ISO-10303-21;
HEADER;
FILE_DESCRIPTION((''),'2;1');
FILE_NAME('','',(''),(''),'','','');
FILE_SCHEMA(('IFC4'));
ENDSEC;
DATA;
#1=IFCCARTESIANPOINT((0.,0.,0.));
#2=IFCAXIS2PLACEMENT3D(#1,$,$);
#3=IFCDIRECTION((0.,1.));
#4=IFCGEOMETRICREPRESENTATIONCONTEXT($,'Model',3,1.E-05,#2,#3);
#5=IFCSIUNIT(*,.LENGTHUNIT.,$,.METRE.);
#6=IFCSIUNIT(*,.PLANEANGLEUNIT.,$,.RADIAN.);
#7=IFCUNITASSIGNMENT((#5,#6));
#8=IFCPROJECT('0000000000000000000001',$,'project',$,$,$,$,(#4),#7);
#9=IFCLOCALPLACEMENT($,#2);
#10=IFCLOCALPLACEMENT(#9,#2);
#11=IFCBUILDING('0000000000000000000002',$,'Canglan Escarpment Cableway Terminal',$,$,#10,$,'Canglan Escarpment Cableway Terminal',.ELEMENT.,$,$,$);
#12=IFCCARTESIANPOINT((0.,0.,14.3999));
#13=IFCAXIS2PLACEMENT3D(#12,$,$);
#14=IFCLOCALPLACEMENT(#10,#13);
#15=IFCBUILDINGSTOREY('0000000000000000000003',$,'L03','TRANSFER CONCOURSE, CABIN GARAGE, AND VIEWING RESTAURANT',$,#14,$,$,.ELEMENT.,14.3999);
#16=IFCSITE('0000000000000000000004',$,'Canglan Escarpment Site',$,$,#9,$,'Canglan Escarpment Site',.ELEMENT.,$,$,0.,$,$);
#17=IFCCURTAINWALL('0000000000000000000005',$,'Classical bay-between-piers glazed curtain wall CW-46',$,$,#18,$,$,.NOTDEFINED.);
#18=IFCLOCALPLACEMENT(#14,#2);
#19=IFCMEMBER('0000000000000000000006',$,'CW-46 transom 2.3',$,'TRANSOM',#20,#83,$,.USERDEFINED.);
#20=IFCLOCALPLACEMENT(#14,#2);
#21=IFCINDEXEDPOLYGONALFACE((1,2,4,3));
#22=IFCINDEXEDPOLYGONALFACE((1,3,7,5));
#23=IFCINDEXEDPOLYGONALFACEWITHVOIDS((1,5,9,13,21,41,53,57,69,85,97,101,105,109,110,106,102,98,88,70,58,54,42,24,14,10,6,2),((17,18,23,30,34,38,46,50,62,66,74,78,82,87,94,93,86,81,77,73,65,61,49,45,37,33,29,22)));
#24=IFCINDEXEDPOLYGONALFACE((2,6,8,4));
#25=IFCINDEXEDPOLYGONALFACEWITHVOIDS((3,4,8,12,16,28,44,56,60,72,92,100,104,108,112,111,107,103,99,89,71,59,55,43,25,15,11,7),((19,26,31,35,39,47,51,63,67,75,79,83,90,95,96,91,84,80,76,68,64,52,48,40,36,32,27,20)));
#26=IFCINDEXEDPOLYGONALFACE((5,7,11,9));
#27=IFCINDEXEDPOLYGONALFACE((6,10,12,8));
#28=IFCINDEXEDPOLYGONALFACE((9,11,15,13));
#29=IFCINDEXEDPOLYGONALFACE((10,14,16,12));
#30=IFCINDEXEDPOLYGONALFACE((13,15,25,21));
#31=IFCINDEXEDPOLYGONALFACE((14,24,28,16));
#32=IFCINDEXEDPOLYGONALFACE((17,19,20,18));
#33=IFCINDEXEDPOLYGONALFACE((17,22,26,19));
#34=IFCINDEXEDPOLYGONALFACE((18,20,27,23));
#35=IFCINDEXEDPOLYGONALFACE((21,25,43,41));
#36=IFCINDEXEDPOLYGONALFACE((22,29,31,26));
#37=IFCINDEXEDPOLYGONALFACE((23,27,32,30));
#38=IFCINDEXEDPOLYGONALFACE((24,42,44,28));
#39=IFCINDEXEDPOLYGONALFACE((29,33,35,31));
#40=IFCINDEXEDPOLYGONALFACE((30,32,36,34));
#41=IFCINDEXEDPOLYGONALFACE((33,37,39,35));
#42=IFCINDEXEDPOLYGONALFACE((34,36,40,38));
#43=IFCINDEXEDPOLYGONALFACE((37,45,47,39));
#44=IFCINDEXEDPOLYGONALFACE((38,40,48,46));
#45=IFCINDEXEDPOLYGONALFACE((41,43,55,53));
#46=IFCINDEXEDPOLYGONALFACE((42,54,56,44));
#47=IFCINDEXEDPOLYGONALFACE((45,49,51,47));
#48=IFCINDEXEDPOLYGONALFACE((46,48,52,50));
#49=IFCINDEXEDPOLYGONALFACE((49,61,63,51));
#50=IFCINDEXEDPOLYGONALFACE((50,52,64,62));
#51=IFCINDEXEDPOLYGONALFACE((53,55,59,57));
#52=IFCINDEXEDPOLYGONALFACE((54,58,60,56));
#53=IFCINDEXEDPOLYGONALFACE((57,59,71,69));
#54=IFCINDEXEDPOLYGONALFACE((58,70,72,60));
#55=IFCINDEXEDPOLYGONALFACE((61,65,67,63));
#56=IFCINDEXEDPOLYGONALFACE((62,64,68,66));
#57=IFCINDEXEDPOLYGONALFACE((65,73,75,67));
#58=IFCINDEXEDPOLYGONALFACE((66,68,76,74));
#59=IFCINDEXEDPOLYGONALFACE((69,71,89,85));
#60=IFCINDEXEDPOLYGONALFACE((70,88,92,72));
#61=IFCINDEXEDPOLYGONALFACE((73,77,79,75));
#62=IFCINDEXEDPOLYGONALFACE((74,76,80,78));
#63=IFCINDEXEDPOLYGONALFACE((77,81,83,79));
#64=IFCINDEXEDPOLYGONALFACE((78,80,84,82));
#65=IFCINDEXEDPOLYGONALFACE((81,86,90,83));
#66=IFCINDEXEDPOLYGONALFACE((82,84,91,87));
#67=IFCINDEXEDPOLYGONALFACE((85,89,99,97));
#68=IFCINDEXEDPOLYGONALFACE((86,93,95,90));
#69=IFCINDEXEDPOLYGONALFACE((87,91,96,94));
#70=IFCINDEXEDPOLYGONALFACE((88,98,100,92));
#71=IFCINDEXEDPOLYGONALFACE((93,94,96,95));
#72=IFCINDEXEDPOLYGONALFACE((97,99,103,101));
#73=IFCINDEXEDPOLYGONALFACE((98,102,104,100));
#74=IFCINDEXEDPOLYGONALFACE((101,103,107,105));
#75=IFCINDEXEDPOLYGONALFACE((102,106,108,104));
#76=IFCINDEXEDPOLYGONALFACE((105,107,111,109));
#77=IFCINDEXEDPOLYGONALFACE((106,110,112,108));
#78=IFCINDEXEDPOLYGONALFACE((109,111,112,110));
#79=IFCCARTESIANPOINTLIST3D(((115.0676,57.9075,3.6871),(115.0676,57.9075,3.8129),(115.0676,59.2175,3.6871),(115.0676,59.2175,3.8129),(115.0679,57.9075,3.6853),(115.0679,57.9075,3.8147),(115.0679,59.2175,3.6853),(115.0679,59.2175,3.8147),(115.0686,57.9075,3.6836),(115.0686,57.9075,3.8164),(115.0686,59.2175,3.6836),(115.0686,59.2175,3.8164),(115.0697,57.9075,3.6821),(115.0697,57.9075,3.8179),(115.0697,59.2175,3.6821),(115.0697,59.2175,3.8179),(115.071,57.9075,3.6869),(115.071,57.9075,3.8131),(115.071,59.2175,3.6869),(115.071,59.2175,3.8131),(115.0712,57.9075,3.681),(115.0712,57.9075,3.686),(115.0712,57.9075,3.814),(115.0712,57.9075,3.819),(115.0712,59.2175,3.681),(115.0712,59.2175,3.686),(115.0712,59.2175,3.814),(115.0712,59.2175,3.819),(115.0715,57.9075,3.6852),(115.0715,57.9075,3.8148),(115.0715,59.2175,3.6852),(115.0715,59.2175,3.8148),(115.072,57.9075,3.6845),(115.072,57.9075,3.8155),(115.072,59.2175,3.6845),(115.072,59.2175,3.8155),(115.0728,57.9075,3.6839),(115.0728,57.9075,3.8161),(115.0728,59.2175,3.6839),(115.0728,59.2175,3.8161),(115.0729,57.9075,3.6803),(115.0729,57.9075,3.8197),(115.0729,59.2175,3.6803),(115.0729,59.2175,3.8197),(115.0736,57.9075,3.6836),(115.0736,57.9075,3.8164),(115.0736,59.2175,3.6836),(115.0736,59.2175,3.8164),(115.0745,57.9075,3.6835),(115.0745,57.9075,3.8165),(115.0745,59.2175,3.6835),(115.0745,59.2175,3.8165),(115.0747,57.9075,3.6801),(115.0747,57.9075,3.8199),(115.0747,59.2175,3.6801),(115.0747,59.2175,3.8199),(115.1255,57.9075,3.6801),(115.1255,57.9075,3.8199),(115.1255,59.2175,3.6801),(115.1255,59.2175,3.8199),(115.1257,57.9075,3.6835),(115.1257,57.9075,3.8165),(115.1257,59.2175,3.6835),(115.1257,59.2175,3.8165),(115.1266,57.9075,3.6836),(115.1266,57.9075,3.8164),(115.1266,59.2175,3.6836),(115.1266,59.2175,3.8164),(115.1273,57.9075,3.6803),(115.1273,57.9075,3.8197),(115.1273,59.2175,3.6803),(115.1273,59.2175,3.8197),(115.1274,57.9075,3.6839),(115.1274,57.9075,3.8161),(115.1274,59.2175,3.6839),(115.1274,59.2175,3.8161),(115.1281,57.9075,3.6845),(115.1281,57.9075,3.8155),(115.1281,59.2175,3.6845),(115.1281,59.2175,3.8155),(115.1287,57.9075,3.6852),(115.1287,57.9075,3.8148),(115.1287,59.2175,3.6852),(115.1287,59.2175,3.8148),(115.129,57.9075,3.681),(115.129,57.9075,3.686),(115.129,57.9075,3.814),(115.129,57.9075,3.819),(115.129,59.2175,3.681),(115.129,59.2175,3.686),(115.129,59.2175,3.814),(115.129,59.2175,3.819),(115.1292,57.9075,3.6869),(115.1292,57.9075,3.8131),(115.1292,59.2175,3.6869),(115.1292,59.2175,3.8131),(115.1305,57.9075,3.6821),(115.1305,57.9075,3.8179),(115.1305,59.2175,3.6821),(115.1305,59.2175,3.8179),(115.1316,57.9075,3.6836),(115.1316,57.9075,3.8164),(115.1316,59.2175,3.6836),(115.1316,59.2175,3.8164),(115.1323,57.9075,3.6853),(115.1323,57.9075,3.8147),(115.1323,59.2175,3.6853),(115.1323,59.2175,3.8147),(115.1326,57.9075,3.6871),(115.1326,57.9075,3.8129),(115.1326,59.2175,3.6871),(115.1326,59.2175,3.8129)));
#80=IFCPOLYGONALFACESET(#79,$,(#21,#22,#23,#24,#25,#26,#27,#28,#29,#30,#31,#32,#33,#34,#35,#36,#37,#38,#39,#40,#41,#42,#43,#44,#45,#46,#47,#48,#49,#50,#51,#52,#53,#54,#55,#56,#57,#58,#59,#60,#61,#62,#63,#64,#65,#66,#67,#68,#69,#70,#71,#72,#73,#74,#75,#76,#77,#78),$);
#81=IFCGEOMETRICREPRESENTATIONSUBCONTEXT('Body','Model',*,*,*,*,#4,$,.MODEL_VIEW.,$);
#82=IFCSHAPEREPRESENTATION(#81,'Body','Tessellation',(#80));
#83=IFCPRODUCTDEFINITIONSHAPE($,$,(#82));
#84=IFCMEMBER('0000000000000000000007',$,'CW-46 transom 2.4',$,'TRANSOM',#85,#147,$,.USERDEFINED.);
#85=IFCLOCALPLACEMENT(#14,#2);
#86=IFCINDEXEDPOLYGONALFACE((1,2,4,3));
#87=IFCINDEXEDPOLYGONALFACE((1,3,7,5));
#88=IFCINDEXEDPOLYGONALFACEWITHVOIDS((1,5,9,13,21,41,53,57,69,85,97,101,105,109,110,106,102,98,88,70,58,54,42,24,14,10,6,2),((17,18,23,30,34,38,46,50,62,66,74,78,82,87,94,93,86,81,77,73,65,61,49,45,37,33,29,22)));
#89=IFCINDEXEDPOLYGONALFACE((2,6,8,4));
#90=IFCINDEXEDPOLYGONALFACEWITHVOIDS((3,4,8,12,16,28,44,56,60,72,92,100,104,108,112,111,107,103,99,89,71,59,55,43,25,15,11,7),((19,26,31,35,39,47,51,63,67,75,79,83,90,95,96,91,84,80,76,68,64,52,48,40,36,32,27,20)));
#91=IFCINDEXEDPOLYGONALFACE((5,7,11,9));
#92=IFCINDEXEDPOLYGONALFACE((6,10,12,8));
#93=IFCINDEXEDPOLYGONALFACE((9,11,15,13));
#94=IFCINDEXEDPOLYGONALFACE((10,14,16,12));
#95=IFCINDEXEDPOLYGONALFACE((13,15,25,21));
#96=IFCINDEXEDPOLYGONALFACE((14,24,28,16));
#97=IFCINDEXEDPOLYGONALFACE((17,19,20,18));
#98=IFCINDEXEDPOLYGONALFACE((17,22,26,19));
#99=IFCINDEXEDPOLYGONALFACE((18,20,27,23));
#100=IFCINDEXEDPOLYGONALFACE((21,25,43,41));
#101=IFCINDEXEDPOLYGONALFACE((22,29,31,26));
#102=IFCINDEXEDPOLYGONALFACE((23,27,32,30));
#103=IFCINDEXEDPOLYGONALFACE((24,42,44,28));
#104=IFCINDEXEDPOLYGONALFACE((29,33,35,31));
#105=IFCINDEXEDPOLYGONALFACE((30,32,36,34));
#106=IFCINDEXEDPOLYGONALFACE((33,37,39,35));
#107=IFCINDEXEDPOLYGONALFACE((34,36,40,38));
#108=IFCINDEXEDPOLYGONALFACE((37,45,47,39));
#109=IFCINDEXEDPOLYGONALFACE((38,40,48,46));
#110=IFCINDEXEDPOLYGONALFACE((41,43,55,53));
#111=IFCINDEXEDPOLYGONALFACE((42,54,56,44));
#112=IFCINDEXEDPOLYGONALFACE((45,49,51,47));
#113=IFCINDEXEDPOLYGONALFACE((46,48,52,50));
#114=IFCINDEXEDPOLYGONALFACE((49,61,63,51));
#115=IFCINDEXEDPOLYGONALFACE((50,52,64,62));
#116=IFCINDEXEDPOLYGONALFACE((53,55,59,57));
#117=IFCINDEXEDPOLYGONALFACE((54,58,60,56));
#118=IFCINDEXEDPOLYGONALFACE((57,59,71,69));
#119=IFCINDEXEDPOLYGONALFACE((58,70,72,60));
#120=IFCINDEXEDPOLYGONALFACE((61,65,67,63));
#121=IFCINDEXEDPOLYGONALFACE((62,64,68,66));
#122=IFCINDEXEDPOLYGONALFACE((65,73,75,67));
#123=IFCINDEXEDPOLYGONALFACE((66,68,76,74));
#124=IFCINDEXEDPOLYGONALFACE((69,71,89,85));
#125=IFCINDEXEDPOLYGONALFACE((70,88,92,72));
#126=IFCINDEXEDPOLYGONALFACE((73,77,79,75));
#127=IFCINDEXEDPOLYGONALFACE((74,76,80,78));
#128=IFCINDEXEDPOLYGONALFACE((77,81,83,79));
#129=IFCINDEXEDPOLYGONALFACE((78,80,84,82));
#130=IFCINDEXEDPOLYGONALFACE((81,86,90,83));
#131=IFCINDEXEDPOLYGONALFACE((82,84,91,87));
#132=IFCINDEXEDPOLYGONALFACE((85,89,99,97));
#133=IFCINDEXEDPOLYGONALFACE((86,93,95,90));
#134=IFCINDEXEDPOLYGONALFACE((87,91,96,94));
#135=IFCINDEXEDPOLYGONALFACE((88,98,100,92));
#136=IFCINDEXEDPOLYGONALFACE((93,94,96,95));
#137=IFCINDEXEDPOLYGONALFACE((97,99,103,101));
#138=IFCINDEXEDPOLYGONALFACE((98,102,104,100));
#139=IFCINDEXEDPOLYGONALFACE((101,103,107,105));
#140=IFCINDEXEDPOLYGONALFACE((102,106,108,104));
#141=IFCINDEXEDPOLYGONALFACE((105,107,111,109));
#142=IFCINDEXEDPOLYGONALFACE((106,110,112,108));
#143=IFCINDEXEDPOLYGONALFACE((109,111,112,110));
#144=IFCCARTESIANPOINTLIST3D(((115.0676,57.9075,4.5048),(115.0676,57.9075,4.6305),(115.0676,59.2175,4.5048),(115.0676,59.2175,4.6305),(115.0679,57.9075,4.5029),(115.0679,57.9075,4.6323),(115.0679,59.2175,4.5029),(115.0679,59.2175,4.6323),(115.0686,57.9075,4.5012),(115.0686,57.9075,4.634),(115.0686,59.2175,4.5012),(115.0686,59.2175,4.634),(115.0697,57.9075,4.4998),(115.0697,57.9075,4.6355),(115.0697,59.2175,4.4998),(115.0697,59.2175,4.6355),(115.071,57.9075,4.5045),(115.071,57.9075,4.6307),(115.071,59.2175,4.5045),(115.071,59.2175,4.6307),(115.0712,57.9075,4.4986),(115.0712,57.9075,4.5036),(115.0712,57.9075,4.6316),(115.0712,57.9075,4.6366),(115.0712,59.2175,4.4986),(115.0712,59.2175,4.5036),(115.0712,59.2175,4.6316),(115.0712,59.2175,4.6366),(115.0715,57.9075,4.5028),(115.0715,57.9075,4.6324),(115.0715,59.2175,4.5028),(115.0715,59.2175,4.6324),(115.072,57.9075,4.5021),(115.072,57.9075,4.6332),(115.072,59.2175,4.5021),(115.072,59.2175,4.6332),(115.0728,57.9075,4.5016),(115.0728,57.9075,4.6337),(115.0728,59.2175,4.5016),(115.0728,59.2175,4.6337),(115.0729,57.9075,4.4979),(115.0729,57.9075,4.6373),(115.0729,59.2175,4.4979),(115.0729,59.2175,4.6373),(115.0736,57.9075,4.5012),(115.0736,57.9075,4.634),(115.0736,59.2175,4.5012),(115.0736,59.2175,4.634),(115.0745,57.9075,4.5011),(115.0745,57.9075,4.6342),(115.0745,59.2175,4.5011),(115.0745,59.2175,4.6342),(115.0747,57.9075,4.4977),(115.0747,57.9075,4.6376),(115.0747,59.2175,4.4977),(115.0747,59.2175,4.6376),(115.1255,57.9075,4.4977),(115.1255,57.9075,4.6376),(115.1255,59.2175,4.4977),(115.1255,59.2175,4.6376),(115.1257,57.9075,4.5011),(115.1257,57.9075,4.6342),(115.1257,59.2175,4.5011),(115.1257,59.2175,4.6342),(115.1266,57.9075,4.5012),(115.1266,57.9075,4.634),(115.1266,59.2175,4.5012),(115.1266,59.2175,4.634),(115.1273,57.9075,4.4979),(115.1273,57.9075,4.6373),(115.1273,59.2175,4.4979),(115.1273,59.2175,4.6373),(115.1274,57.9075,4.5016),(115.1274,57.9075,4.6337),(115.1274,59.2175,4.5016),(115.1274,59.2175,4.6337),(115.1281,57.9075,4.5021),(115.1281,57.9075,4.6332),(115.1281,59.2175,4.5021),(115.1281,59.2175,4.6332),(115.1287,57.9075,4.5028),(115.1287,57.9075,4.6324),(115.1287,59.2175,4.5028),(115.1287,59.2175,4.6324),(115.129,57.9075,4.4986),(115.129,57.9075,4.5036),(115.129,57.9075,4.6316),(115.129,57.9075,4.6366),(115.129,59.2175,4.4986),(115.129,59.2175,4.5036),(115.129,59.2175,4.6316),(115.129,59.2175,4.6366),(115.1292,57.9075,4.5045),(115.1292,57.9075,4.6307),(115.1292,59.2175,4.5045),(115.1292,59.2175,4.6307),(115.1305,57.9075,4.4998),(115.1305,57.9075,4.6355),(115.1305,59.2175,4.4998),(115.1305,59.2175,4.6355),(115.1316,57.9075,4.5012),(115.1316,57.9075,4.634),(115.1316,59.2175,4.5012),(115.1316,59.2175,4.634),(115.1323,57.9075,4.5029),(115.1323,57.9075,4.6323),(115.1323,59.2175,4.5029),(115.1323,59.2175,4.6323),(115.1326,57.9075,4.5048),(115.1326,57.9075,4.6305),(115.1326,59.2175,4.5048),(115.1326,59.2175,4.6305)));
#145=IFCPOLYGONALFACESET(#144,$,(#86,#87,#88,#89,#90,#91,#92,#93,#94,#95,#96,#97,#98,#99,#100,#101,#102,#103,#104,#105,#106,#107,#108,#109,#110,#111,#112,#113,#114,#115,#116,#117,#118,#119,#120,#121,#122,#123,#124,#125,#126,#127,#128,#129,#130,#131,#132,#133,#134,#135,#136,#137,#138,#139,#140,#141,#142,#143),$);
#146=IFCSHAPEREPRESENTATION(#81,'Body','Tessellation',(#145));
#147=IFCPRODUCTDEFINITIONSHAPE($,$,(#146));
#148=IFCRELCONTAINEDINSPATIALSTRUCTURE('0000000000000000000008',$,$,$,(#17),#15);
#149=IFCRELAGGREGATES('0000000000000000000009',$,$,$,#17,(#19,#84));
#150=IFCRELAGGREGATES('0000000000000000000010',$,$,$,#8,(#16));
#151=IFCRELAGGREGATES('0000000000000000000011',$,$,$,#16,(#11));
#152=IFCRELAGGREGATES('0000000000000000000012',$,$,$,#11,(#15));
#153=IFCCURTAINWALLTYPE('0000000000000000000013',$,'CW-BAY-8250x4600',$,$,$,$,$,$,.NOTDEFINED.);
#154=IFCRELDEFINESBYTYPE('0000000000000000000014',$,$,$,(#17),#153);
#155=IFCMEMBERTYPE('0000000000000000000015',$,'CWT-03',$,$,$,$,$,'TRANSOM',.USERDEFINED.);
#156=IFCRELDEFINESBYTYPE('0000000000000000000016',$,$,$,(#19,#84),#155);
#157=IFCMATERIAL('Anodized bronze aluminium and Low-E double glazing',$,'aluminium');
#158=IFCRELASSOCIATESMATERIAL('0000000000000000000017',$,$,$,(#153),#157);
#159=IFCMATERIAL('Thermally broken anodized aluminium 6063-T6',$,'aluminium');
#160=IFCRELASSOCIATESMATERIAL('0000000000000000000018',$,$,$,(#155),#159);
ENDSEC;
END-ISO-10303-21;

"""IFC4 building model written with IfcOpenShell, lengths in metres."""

from ifc_helpers import new_model, si_unit, direction, frame, origin, origin_2d, place, context, subcontext, project, spatial, hollow_rectangle, extrude, material, material_profile, profile_set, type_object, element, aggregate, save


model = new_model("IFC4")

# Units and contexts
model_context = context("Model", 3, precision=1e-05, world=origin(), true_north=direction((0.0, 1.0)))
body_context = subcontext(model_context, "Body", "Model", "MODEL_VIEW")
ifc_project = project(units=[si_unit("LENGTHUNIT", "METRE"), si_unit("PLANEANGLEUNIT", "RADIAN")], contexts=[model_context])

# Site, building, storey
site_placement = place(None, origin())
site = spatial("IfcSite", under=ifc_project, at=site_placement, Name="Canglan Escarpment Site", LongName="Canglan Escarpment Site", CompositionType="ELEMENT", RefElevation=0.0)
building_placement = place(site_placement, origin())
building = spatial("IfcBuilding", under=site, at=building_placement, Name="Canglan Escarpment Cableway Terminal", LongName="Canglan Escarpment Cableway Terminal", CompositionType="ELEMENT")
storey_placement = place(building_placement, frame((0.0, 0.0, 14.3999)))
storey = spatial("IfcBuildingStorey", under=building, at=storey_placement, Name="L03", Description="TRANSFER CONCOURSE, CABIN GARAGE, AND VIEWING RESTAURANT", CompositionType="ELEMENT", Elevation=14.3999)

# Curtain wall, members
ifc_material_1 = material(Name="Anodized bronze aluminium and Low-E double glazing", Category="aluminium")
curtain_wall_type = type_object("IfcCurtainWallType", Name="CW-BAY-8250x4600", PredefinedType="NOTDEFINED", material=ifc_material_1)
curtain_wall_placement = place(storey_placement, origin())
curtain_wall = element("IfcCurtainWall", 1, at=curtain_wall_placement, inside=storey, type_object=curtain_wall_type, Name="Classical bay-between-piers glazed curtain wall CW-46", PredefinedType="NOTDEFINED")
ifc_material_2 = material(Name="Thermally broken anodized aluminium 6063-T6", Category="aluminium")
ifc_material_profile_1 = material_profile(ifc_material_2, hollow_rectangle(XDim=0.0649, YDim=0.1399, WallThickness=0.0034, InnerFilletRadius=0.0034, OuterFilletRadius=0.0071, at=origin_2d()), Name="ALU-TRAN 65x140x3.5")
ifc_profile_set_1 = profile_set([ifc_material_profile_1], Name="Thermally broken anodized aluminium 6063-T6")
member_type_1 = type_object("IfcMemberType", Name="CWT-03", ElementType="TRANSOM", PredefinedType="USERDEFINED", material=ifc_profile_set_1)
member_1_placement = place(storey_placement, frame((115.1001, 59.2175, 3.75), z_axis=(0.0, -1.0, 0.0), x_axis=(1.0, 0.0, 0.0)))
member_1 = element("IfcMember", 2, at=member_1_placement, type_object=member_type_1, Name="CW-46 transom 2.3", ObjectType="TRANSOM", PredefinedType="USERDEFINED", context=body_context, shape_type="SweptSolid", body=[
    extrude(hollow_rectangle(XDim=0.0649, YDim=0.1399, WallThickness=0.0034, InnerFilletRadius=0.0034, OuterFilletRadius=0.0071, at=origin_2d()), origin(), (0.0, 0.0, 1.0), 1.3101),
])
member_2_placement = place(storey_placement, frame((115.1001, 59.2175, 4.5676), z_axis=(0.0, -1.0, 0.0), x_axis=(1.0, 0.0, 0.0)))
member_2 = element("IfcMember", 3, at=member_2_placement, type_object=member_type_1, Name="CW-46 transom 2.4", ObjectType="TRANSOM", PredefinedType="USERDEFINED", context=body_context, shape_type="SweptSolid", body=[
    extrude(hollow_rectangle(XDim=0.0649, YDim=0.1399, WallThickness=0.0034, InnerFilletRadius=0.0034, OuterFilletRadius=0.0071, at=origin_2d()), origin(), (0.0, 0.0, 1.0), 1.3101),
])
aggregate(curtain_wall, [member_1, member_2])

save(model, "model.ifc")
